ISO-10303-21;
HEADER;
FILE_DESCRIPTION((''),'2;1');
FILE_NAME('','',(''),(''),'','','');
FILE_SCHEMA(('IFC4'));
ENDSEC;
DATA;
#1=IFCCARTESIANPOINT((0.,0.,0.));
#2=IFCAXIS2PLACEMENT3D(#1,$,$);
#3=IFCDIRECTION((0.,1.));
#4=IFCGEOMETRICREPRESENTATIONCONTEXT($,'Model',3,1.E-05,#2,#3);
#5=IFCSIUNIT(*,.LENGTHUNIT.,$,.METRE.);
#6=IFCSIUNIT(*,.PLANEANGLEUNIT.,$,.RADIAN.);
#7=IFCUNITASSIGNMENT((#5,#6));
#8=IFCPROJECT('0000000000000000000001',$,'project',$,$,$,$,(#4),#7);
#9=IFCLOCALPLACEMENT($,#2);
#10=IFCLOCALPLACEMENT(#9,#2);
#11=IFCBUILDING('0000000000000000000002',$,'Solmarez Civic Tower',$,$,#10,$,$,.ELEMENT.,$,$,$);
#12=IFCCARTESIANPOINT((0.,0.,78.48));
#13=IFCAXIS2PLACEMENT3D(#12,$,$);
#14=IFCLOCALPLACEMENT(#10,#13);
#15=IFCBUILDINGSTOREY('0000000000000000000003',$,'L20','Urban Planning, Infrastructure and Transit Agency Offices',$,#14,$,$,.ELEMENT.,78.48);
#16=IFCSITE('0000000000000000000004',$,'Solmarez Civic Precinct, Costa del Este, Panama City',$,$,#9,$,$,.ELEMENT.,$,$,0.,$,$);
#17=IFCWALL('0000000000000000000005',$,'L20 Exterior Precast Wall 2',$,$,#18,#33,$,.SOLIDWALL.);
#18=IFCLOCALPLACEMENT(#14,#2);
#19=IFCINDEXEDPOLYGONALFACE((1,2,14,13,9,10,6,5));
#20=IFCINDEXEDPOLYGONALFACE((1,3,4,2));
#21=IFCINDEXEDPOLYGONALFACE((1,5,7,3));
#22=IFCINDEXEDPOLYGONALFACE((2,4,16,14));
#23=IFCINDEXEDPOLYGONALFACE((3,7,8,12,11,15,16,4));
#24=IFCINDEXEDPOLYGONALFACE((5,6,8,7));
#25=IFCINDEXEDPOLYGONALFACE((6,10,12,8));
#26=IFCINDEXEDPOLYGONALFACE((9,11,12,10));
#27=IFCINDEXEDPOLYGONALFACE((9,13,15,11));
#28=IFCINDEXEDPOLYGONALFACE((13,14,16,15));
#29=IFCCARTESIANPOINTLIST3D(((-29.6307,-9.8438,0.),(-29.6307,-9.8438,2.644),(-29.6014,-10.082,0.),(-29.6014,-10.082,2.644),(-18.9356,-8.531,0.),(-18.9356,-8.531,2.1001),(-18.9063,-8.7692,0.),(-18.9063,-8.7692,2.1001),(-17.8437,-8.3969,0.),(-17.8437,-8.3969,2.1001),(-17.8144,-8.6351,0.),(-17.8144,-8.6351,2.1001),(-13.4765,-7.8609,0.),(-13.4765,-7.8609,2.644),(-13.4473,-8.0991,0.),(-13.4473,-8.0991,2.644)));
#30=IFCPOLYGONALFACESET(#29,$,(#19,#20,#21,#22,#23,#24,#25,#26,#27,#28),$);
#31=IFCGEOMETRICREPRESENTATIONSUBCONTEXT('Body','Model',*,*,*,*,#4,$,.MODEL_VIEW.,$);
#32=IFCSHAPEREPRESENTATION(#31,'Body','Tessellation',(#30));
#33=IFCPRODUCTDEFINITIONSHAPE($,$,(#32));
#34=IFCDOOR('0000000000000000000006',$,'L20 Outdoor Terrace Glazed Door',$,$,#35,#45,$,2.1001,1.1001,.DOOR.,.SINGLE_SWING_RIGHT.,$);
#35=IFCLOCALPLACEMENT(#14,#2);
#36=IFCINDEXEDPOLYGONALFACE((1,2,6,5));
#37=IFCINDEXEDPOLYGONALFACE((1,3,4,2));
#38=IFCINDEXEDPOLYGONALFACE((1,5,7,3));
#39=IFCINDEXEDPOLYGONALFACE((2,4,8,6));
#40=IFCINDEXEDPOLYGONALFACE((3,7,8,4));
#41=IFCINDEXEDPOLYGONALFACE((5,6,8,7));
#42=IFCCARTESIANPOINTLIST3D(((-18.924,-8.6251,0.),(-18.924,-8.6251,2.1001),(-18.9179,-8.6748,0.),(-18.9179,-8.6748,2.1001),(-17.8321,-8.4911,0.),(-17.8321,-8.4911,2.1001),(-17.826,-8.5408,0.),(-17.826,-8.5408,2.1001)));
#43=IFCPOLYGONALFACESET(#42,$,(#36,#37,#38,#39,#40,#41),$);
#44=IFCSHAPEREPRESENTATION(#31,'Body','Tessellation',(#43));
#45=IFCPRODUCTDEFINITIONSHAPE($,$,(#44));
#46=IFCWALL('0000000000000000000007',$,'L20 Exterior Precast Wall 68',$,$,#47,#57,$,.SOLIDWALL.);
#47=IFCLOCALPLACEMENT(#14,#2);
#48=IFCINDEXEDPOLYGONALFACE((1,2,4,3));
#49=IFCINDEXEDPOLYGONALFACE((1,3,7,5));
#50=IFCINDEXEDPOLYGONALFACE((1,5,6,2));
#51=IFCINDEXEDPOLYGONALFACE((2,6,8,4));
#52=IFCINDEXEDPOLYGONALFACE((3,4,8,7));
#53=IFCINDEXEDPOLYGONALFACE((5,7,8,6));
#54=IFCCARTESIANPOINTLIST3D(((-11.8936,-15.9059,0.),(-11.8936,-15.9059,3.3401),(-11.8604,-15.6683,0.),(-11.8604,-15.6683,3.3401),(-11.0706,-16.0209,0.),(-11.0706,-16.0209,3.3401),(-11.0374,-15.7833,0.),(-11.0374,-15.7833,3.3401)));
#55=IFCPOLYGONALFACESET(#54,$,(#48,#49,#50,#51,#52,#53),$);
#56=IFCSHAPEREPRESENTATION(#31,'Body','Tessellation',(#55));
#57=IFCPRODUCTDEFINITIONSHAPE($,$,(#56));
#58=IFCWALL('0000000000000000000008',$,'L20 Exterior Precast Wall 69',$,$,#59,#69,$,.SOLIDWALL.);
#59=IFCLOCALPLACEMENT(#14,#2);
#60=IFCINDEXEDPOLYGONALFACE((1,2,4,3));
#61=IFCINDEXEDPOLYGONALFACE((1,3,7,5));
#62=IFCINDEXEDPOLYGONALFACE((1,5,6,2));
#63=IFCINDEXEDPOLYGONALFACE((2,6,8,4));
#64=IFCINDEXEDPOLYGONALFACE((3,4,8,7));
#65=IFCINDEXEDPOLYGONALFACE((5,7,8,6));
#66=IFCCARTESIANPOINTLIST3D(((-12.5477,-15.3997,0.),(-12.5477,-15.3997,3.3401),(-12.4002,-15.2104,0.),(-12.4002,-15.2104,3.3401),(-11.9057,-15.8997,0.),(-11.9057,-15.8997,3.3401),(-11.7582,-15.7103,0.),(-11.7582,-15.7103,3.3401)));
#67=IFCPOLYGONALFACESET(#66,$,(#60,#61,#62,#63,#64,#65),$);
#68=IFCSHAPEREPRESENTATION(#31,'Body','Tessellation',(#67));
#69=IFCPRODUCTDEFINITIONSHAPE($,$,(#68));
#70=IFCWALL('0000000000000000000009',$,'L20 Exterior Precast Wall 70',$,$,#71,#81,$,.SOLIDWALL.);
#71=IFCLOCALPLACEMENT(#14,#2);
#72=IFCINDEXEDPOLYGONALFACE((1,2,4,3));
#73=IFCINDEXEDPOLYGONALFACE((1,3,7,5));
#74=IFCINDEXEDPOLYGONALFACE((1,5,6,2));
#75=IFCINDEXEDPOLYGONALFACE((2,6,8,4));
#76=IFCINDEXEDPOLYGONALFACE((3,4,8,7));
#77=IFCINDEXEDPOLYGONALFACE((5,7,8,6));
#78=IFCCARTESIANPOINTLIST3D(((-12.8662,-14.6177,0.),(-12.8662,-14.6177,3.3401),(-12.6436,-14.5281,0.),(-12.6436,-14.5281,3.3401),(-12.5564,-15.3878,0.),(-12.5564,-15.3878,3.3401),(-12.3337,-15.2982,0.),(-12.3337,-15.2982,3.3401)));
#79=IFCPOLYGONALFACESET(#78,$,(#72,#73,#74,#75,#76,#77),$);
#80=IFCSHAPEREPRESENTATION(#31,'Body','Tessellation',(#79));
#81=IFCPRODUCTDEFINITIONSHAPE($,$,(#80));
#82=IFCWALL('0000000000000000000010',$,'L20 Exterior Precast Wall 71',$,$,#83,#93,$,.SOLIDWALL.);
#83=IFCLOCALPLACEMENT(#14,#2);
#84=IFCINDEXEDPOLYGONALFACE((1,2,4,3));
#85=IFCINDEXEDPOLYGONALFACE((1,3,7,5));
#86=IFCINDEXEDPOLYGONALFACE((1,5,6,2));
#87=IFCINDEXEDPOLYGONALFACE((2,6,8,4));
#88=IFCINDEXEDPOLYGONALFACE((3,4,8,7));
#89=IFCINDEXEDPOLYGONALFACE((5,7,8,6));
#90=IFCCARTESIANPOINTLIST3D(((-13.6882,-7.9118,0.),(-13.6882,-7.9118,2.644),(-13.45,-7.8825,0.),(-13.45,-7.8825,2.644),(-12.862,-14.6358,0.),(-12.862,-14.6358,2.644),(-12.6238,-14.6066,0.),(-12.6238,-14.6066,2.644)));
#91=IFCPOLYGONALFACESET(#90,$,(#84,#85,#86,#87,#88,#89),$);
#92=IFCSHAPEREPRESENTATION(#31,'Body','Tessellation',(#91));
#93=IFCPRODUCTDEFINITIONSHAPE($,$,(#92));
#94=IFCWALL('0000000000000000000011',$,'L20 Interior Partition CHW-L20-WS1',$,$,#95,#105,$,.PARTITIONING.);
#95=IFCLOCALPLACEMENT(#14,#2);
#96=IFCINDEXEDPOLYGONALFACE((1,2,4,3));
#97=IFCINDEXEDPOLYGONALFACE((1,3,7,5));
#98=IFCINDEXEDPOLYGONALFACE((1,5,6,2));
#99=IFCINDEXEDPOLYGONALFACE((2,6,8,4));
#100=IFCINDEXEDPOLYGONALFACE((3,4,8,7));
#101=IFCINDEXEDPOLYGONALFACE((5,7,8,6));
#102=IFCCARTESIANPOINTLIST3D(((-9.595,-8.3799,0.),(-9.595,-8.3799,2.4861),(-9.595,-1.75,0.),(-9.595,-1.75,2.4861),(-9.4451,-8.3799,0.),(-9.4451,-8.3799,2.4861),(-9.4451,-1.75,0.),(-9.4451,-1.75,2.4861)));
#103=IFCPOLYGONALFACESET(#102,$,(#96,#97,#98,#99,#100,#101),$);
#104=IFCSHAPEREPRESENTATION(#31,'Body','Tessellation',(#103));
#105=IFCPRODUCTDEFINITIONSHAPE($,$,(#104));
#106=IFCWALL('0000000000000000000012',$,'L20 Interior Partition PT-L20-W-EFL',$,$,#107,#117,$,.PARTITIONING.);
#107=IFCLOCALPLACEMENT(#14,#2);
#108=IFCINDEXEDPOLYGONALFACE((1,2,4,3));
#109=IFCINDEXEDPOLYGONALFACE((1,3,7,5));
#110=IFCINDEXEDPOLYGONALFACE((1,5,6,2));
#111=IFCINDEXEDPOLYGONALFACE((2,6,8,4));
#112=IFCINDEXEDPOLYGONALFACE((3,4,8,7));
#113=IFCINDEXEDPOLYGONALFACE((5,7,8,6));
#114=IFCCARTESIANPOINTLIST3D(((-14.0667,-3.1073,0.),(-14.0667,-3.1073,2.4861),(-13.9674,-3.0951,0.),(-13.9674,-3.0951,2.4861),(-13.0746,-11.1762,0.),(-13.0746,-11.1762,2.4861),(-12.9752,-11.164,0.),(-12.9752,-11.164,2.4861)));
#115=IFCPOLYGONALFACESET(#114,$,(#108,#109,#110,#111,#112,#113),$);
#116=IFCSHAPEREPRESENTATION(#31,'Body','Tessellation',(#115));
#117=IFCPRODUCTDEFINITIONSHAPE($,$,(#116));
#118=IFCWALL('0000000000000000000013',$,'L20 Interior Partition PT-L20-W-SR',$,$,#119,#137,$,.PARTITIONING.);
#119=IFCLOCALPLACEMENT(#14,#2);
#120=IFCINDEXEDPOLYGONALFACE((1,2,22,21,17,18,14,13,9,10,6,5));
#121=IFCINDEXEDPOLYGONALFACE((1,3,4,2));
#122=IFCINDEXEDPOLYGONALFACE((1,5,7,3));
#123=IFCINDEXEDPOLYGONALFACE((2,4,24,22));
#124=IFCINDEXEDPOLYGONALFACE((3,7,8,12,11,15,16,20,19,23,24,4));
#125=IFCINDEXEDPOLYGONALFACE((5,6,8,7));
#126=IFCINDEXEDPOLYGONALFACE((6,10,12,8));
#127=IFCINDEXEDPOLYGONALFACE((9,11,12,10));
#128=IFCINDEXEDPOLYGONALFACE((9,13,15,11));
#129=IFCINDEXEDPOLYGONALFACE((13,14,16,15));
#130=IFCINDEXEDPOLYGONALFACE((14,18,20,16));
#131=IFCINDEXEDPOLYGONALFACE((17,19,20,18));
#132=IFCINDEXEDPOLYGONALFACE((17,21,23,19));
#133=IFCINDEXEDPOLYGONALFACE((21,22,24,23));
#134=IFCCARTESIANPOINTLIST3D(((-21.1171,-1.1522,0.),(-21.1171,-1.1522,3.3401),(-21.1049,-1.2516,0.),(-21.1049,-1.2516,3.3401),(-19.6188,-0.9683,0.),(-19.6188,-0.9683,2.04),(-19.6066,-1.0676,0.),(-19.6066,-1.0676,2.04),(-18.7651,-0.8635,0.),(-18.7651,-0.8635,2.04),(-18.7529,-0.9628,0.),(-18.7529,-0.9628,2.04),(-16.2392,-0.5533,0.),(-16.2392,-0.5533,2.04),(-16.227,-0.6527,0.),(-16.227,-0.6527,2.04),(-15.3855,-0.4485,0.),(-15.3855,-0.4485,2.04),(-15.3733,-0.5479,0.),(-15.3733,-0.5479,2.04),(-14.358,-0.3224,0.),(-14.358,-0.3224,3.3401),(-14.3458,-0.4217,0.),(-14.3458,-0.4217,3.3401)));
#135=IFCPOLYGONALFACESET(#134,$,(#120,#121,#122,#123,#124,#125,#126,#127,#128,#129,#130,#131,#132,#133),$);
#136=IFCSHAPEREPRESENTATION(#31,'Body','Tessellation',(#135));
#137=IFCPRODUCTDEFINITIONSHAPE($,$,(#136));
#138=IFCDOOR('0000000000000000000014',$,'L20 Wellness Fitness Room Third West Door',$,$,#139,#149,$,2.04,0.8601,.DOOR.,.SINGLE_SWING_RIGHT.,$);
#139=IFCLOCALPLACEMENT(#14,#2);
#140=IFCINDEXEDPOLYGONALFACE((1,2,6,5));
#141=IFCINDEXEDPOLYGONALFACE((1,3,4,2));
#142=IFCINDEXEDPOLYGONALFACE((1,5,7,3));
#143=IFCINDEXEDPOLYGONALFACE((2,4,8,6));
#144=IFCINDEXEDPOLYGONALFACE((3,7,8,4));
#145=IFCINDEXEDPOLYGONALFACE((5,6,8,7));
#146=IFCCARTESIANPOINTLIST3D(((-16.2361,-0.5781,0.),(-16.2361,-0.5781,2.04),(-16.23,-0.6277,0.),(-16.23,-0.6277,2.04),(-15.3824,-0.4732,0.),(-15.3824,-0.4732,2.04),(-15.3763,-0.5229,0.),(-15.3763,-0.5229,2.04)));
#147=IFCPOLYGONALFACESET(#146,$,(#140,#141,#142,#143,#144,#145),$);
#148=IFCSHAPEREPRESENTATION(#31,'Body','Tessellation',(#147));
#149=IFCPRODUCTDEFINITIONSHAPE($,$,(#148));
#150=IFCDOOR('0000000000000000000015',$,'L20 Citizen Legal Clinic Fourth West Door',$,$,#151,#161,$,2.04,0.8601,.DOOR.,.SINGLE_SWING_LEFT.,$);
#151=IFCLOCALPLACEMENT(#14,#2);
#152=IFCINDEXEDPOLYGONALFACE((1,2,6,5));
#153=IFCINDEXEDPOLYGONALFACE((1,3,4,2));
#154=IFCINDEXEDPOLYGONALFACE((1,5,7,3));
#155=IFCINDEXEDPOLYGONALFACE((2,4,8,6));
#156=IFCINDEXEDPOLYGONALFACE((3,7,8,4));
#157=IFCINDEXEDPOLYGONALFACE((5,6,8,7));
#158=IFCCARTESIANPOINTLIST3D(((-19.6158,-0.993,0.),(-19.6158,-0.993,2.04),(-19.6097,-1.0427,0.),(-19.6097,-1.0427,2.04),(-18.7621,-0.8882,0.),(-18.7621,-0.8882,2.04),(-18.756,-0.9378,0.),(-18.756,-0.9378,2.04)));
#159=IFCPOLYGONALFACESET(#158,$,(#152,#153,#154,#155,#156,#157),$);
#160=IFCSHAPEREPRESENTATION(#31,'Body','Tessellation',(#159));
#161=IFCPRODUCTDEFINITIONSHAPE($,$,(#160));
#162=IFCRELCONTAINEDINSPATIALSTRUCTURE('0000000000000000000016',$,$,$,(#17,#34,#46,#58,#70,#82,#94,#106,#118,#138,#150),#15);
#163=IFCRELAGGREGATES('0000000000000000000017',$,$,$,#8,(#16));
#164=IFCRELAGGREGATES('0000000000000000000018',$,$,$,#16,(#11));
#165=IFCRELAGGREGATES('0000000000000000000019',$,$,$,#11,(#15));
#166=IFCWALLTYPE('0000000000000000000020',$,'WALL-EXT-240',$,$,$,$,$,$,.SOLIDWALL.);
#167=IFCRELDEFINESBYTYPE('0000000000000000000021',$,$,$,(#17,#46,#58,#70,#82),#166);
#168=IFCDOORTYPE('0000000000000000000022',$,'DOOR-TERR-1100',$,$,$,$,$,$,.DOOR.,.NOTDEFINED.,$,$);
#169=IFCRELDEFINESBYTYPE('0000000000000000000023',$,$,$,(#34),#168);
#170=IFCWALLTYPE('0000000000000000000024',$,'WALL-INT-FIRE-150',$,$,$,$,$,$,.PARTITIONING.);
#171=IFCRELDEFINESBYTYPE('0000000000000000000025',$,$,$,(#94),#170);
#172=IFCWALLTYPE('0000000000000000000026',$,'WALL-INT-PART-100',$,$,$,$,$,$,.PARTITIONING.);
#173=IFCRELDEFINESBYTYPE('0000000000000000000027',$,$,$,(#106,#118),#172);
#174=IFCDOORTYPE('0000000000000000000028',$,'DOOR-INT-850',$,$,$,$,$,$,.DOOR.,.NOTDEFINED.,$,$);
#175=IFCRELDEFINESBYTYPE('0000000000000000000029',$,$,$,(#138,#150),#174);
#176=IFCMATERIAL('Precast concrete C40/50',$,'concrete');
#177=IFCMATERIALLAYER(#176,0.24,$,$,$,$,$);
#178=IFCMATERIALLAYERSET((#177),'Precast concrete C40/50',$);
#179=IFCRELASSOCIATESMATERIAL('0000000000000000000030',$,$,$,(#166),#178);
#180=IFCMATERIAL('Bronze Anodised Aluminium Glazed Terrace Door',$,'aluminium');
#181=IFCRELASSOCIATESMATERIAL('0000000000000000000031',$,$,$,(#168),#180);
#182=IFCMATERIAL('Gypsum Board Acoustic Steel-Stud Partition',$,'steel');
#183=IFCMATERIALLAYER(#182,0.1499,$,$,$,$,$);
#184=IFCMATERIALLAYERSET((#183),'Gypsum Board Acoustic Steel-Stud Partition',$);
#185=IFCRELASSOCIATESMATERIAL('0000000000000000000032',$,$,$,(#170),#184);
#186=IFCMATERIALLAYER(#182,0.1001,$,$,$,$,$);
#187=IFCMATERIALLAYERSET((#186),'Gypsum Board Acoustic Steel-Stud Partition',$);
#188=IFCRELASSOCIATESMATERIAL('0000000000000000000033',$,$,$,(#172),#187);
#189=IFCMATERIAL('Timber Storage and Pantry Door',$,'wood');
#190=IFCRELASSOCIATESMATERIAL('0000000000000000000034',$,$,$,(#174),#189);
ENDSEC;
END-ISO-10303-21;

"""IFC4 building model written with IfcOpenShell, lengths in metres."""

from ifc_helpers import new_model, si_unit, direction, frame, frame_2d, origin, place, context, subcontext, project, spatial, rectangle, extrude, material, layer, layer_set, type_object, element, fill, save


model = new_model("IFC4")

# Units and contexts
model_context = context("Model", 3, precision=1e-05, world=origin(), true_north=direction((0.0, 1.0)))
body_context = subcontext(model_context, "Body", "Model", "MODEL_VIEW")
ifc_project = project(units=[si_unit("LENGTHUNIT", "METRE"), si_unit("PLANEANGLEUNIT", "RADIAN")], contexts=[model_context])

# Site, building, storey
site_placement = place(None, origin())
site = spatial("IfcSite", under=ifc_project, at=site_placement, Name="Solmarez Civic Precinct, Costa del Este, Panama City", CompositionType="ELEMENT", RefElevation=0.0)
building_placement = place(site_placement, origin())
building = spatial("IfcBuilding", under=site, at=building_placement, Name="Solmarez Civic Tower", CompositionType="ELEMENT")
storey_placement = place(building_placement, frame((0.0, 0.0, 78.48)))
storey = spatial("IfcBuildingStorey", under=building, at=storey_placement, Name="L20", Description="Urban Planning, Infrastructure and Transit Agency Offices", CompositionType="ELEMENT", Elevation=78.48)

# Wall, opening, door
ifc_material_1 = material(Name="Precast concrete C40/50", Category="concrete")
ifc_layer_1 = layer(ifc_material_1, 0.24)
ifc_layer_set_1 = layer_set([ifc_layer_1], Name="Precast concrete C40/50")
wall_type_1 = type_object("IfcWallType", Name="WALL-EXT-240", PredefinedType="SOLIDWALL", material=ifc_layer_set_1)
wall_1_placement = place(storey_placement, frame((-13.4619, -7.98, 0.0), z_axis=(0.0, 0.0, 1.0), x_axis=(-0.99255, -0.121836, 0.0)))
wall_1 = element("IfcWall", 1, at=wall_1_placement, inside=storey, type_object=wall_type_1, Name="L20 Exterior Precast Wall 2", PredefinedType="SOLIDWALL", context=body_context, shape_type="SweptSolid", body=[
    extrude(rectangle(XDim=16.2754, YDim=0.24, at=frame_2d((8.1377, 0.0))), origin(), (0.0, 0.0, 1.0), 2.644),
])
opening_1_placement = place(wall_1_placement, frame((4.3999, 0.0, 0.0)))
opening_1 = element("IfcOpeningElement", 2, at=opening_1_placement, cuts=wall_1, PredefinedType="OPENING", context=body_context, shape_type="SweptSolid", body=[
    extrude(rectangle(XDim=1.1001, YDim=2.1001, at=frame_2d((0.55, 1.05))), frame((0.0, 0.1299, 0.0), z_axis=(0.0, -1.0, 0.0), x_axis=(1.0, 0.0, 0.0)), (0.0, 0.0, 1.0), 0.26),
])
ifc_material_2 = material(Name="Bronze Anodised Aluminium Glazed Terrace Door", Category="aluminium")
door_type_1 = type_object("IfcDoorType", Name="DOOR-TERR-1100", OperationType="NOTDEFINED", PredefinedType="DOOR", material=ifc_material_2)
door_1_placement = place(opening_1_placement, origin())
door_1 = element("IfcDoor", 3, at=door_1_placement, inside=storey, type_object=door_type_1, Name="L20 Outdoor Terrace Glazed Door", OperationType="SINGLE_SWING_RIGHT", OverallHeight=2.1001, OverallWidth=1.1001, PredefinedType="DOOR", context=body_context, shape_type="SweptSolid", body=[
    extrude(rectangle(XDim=1.1001, YDim=2.1001, at=frame_2d((0.55, 1.05))), frame((0.0, 0.0249, 0.0), z_axis=(0.0, -1.0, 0.0), x_axis=(1.0, 0.0, 0.0)), (0.0, 0.0, 1.0), 0.05),
])
fill(opening_1, door_1)

# Walls
wall_2_placement = place(storey_placement, frame((-11.054, -15.9021, 0.0), z_axis=(0.0, 0.0, 1.0), x_axis=(-0.99038, 0.138377, 0.0)))
element("IfcWall", 4, at=wall_2_placement, inside=storey, type_object=wall_type_1, Name="L20 Exterior Precast Wall 68", PredefinedType="SOLIDWALL", context=body_context, shape_type="SweptSolid", body=[
    extrude(rectangle(XDim=0.8311, YDim=0.24, at=frame_2d((0.4155, 0.0))), origin(), (0.0, 0.0, 1.0), 3.3401),
])
wall_3_placement = place(storey_placement, frame((-11.832, -15.8049, 0.0), z_axis=(0.0, 0.0, 1.0), x_axis=(-0.788997, 0.614397, 0.0)))
element("IfcWall", 5, at=wall_3_placement, inside=storey, type_object=wall_type_1, Name="L20 Exterior Precast Wall 69", PredefinedType="SOLIDWALL", context=body_context, shape_type="SweptSolid", body=[
    extrude(rectangle(XDim=0.8137, YDim=0.24, at=frame_2d((0.4067, 0.0))), origin(), (0.0, 0.0, 1.0), 3.3401),
])
wall_4_placement = place(storey_placement, frame((-12.4451, -15.343, 0.0), z_axis=(0.0, 0.0, 1.0), x_axis=(-0.373266, 0.927724, 0.0)))
element("IfcWall", 6, at=wall_4_placement, inside=storey, type_object=wall_type_1, Name="L20 Exterior Precast Wall 70", PredefinedType="SOLIDWALL", context=body_context, shape_type="SweptSolid", body=[
    extrude(rectangle(XDim=0.8301, YDim=0.24, at=frame_2d((0.415, 0.0))), origin(), (0.0, 0.0, 1.0), 3.3401),
])
wall_5_placement = place(storey_placement, frame((-12.7429, -14.6211, 0.0), z_axis=(0.0, 0.0, 1.0), x_axis=(-0.12195, 0.992536, 0.0)))
element("IfcWall", 7, at=wall_5_placement, inside=storey, type_object=wall_type_1, Name="L20 Exterior Precast Wall 71", PredefinedType="SOLIDWALL", context=body_context, shape_type="SweptSolid", body=[
    extrude(rectangle(XDim=6.7747, YDim=0.24, at=frame_2d((3.3872, 0.0))), origin(), (0.0, 0.0, 1.0), 2.644),
])
ifc_material_3 = material(Name="Gypsum Board Acoustic Steel-Stud Partition", Category="steel")
ifc_layer_2 = layer(ifc_material_3, 0.1499)
ifc_layer_set_2 = layer_set([ifc_layer_2], Name="Gypsum Board Acoustic Steel-Stud Partition")
wall_type_2 = type_object("IfcWallType", Name="WALL-INT-FIRE-150", PredefinedType="PARTITIONING", material=ifc_layer_set_2)
wall_6_placement = place(storey_placement, frame((-9.52, -8.3799, 0.0), z_axis=(0.0, 0.0, 1.0), x_axis=(0.0, 1.0, 0.0)))
element("IfcWall", 8, at=wall_6_placement, inside=storey, type_object=wall_type_2, Name="L20 Interior Partition CHW-L20-WS1", PredefinedType="PARTITIONING", context=body_context, shape_type="SweptSolid", body=[
    extrude(rectangle(XDim=6.6299, YDim=0.1499, at=frame_2d((3.3149, 0.0))), origin(), (0.0, 0.0, 1.0), 2.4861),
])
ifc_layer_3 = layer(ifc_material_3, 0.1001)
ifc_layer_set_3 = layer_set([ifc_layer_3], Name="Gypsum Board Acoustic Steel-Stud Partition")
wall_type_3 = type_object("IfcWallType", Name="WALL-INT-PART-100", PredefinedType="PARTITIONING", material=ifc_layer_set_3)
wall_7_placement = place(storey_placement, frame((-14.0171, -3.1011, 0.0), z_axis=(0.0, 0.0, 1.0), x_axis=(0.122046, -0.992524, 0.0)))
element("IfcWall", 9, at=wall_7_placement, inside=storey, type_object=wall_type_3, Name="L20 Interior Partition PT-L20-W-EFL", PredefinedType="PARTITIONING", context=body_context, shape_type="SweptSolid", body=[
    extrude(rectangle(XDim=8.1296, YDim=0.1001, at=frame_2d((4.0649, 0.0))), origin(), (0.0, 0.0, 1.0), 2.4861),
])

# Wall, openings, doors
wall_8_placement = place(storey_placement, frame((-14.3521, -0.3721, 0.0), z_axis=(0.0, 0.0, 1.0), x_axis=(-0.992547, -0.121859, 0.0)))
wall_8 = element("IfcWall", 10, at=wall_8_placement, inside=storey, type_object=wall_type_3, Name="L20 Interior Partition PT-L20-W-SR", PredefinedType="PARTITIONING", context=body_context, shape_type="SweptSolid", body=[
    extrude(rectangle(XDim=6.8098, YDim=0.1001, at=frame_2d((3.4048, 0.0))), origin(), (0.0, 0.0, 1.0), 3.3401),
])
opening_2_placement = place(wall_8_placement, frame((1.0349, 0.0, 0.0)))
opening_2 = element("IfcOpeningElement", 11, at=opening_2_placement, cuts=wall_8, PredefinedType="OPENING", context=body_context, shape_type="SweptSolid", body=[
    extrude(rectangle(XDim=0.8601, YDim=2.04, at=frame_2d((0.4302, 1.02))), frame((0.0, 0.0601, 0.0), z_axis=(0.0, -1.0, 0.0), x_axis=(1.0, 0.0, 0.0)), (0.0, 0.0, 1.0), 0.1201),
])
opening_3_placement = place(wall_8_placement, frame((4.4399, 0.0, 0.0)))
opening_3 = element("IfcOpeningElement", 12, at=opening_3_placement, cuts=wall_8, PredefinedType="OPENING", context=body_context, shape_type="SweptSolid", body=[
    extrude(rectangle(XDim=0.8601, YDim=2.04, at=frame_2d((0.4302, 1.02))), frame((0.0, 0.0601, 0.0), z_axis=(0.0, -1.0, 0.0), x_axis=(1.0, 0.0, 0.0)), (0.0, 0.0, 1.0), 0.1201),
])
ifc_material_4 = material(Name="Timber Storage and Pantry Door", Category="wood")
door_type_2 = type_object("IfcDoorType", Name="DOOR-INT-850", OperationType="NOTDEFINED", PredefinedType="DOOR", material=ifc_material_4)
door_2_placement = place(opening_2_placement, origin())
door_2 = element("IfcDoor", 13, at=door_2_placement, inside=storey, type_object=door_type_2, Name="L20 Wellness Fitness Room Third West Door", OperationType="SINGLE_SWING_RIGHT", OverallHeight=2.04, OverallWidth=0.8601, PredefinedType="DOOR", context=body_context, shape_type="SweptSolid", body=[
    extrude(rectangle(XDim=0.8601, YDim=2.04, at=frame_2d((0.4302, 1.02))), frame((0.0, 0.0249, 0.0), z_axis=(0.0, -1.0, 0.0), x_axis=(1.0, 0.0, 0.0)), (0.0, 0.0, 1.0), 0.05),
])
fill(opening_2, door_2)
door_3_placement = place(opening_3_placement, origin())
door_3 = element("IfcDoor", 14, at=door_3_placement, inside=storey, type_object=door_type_2, Name="L20 Citizen Legal Clinic Fourth West Door", OperationType="SINGLE_SWING_LEFT", OverallHeight=2.04, OverallWidth=0.8601, PredefinedType="DOOR", context=body_context, shape_type="SweptSolid", body=[
    extrude(rectangle(XDim=0.8601, YDim=2.04, at=frame_2d((0.4302, 1.02))), frame((0.0, 0.0249, 0.0), z_axis=(0.0, -1.0, 0.0), x_axis=(1.0, 0.0, 0.0)), (0.0, 0.0, 1.0), 0.05),
])
fill(opening_3, door_3)

save(model, "model.ifc")
